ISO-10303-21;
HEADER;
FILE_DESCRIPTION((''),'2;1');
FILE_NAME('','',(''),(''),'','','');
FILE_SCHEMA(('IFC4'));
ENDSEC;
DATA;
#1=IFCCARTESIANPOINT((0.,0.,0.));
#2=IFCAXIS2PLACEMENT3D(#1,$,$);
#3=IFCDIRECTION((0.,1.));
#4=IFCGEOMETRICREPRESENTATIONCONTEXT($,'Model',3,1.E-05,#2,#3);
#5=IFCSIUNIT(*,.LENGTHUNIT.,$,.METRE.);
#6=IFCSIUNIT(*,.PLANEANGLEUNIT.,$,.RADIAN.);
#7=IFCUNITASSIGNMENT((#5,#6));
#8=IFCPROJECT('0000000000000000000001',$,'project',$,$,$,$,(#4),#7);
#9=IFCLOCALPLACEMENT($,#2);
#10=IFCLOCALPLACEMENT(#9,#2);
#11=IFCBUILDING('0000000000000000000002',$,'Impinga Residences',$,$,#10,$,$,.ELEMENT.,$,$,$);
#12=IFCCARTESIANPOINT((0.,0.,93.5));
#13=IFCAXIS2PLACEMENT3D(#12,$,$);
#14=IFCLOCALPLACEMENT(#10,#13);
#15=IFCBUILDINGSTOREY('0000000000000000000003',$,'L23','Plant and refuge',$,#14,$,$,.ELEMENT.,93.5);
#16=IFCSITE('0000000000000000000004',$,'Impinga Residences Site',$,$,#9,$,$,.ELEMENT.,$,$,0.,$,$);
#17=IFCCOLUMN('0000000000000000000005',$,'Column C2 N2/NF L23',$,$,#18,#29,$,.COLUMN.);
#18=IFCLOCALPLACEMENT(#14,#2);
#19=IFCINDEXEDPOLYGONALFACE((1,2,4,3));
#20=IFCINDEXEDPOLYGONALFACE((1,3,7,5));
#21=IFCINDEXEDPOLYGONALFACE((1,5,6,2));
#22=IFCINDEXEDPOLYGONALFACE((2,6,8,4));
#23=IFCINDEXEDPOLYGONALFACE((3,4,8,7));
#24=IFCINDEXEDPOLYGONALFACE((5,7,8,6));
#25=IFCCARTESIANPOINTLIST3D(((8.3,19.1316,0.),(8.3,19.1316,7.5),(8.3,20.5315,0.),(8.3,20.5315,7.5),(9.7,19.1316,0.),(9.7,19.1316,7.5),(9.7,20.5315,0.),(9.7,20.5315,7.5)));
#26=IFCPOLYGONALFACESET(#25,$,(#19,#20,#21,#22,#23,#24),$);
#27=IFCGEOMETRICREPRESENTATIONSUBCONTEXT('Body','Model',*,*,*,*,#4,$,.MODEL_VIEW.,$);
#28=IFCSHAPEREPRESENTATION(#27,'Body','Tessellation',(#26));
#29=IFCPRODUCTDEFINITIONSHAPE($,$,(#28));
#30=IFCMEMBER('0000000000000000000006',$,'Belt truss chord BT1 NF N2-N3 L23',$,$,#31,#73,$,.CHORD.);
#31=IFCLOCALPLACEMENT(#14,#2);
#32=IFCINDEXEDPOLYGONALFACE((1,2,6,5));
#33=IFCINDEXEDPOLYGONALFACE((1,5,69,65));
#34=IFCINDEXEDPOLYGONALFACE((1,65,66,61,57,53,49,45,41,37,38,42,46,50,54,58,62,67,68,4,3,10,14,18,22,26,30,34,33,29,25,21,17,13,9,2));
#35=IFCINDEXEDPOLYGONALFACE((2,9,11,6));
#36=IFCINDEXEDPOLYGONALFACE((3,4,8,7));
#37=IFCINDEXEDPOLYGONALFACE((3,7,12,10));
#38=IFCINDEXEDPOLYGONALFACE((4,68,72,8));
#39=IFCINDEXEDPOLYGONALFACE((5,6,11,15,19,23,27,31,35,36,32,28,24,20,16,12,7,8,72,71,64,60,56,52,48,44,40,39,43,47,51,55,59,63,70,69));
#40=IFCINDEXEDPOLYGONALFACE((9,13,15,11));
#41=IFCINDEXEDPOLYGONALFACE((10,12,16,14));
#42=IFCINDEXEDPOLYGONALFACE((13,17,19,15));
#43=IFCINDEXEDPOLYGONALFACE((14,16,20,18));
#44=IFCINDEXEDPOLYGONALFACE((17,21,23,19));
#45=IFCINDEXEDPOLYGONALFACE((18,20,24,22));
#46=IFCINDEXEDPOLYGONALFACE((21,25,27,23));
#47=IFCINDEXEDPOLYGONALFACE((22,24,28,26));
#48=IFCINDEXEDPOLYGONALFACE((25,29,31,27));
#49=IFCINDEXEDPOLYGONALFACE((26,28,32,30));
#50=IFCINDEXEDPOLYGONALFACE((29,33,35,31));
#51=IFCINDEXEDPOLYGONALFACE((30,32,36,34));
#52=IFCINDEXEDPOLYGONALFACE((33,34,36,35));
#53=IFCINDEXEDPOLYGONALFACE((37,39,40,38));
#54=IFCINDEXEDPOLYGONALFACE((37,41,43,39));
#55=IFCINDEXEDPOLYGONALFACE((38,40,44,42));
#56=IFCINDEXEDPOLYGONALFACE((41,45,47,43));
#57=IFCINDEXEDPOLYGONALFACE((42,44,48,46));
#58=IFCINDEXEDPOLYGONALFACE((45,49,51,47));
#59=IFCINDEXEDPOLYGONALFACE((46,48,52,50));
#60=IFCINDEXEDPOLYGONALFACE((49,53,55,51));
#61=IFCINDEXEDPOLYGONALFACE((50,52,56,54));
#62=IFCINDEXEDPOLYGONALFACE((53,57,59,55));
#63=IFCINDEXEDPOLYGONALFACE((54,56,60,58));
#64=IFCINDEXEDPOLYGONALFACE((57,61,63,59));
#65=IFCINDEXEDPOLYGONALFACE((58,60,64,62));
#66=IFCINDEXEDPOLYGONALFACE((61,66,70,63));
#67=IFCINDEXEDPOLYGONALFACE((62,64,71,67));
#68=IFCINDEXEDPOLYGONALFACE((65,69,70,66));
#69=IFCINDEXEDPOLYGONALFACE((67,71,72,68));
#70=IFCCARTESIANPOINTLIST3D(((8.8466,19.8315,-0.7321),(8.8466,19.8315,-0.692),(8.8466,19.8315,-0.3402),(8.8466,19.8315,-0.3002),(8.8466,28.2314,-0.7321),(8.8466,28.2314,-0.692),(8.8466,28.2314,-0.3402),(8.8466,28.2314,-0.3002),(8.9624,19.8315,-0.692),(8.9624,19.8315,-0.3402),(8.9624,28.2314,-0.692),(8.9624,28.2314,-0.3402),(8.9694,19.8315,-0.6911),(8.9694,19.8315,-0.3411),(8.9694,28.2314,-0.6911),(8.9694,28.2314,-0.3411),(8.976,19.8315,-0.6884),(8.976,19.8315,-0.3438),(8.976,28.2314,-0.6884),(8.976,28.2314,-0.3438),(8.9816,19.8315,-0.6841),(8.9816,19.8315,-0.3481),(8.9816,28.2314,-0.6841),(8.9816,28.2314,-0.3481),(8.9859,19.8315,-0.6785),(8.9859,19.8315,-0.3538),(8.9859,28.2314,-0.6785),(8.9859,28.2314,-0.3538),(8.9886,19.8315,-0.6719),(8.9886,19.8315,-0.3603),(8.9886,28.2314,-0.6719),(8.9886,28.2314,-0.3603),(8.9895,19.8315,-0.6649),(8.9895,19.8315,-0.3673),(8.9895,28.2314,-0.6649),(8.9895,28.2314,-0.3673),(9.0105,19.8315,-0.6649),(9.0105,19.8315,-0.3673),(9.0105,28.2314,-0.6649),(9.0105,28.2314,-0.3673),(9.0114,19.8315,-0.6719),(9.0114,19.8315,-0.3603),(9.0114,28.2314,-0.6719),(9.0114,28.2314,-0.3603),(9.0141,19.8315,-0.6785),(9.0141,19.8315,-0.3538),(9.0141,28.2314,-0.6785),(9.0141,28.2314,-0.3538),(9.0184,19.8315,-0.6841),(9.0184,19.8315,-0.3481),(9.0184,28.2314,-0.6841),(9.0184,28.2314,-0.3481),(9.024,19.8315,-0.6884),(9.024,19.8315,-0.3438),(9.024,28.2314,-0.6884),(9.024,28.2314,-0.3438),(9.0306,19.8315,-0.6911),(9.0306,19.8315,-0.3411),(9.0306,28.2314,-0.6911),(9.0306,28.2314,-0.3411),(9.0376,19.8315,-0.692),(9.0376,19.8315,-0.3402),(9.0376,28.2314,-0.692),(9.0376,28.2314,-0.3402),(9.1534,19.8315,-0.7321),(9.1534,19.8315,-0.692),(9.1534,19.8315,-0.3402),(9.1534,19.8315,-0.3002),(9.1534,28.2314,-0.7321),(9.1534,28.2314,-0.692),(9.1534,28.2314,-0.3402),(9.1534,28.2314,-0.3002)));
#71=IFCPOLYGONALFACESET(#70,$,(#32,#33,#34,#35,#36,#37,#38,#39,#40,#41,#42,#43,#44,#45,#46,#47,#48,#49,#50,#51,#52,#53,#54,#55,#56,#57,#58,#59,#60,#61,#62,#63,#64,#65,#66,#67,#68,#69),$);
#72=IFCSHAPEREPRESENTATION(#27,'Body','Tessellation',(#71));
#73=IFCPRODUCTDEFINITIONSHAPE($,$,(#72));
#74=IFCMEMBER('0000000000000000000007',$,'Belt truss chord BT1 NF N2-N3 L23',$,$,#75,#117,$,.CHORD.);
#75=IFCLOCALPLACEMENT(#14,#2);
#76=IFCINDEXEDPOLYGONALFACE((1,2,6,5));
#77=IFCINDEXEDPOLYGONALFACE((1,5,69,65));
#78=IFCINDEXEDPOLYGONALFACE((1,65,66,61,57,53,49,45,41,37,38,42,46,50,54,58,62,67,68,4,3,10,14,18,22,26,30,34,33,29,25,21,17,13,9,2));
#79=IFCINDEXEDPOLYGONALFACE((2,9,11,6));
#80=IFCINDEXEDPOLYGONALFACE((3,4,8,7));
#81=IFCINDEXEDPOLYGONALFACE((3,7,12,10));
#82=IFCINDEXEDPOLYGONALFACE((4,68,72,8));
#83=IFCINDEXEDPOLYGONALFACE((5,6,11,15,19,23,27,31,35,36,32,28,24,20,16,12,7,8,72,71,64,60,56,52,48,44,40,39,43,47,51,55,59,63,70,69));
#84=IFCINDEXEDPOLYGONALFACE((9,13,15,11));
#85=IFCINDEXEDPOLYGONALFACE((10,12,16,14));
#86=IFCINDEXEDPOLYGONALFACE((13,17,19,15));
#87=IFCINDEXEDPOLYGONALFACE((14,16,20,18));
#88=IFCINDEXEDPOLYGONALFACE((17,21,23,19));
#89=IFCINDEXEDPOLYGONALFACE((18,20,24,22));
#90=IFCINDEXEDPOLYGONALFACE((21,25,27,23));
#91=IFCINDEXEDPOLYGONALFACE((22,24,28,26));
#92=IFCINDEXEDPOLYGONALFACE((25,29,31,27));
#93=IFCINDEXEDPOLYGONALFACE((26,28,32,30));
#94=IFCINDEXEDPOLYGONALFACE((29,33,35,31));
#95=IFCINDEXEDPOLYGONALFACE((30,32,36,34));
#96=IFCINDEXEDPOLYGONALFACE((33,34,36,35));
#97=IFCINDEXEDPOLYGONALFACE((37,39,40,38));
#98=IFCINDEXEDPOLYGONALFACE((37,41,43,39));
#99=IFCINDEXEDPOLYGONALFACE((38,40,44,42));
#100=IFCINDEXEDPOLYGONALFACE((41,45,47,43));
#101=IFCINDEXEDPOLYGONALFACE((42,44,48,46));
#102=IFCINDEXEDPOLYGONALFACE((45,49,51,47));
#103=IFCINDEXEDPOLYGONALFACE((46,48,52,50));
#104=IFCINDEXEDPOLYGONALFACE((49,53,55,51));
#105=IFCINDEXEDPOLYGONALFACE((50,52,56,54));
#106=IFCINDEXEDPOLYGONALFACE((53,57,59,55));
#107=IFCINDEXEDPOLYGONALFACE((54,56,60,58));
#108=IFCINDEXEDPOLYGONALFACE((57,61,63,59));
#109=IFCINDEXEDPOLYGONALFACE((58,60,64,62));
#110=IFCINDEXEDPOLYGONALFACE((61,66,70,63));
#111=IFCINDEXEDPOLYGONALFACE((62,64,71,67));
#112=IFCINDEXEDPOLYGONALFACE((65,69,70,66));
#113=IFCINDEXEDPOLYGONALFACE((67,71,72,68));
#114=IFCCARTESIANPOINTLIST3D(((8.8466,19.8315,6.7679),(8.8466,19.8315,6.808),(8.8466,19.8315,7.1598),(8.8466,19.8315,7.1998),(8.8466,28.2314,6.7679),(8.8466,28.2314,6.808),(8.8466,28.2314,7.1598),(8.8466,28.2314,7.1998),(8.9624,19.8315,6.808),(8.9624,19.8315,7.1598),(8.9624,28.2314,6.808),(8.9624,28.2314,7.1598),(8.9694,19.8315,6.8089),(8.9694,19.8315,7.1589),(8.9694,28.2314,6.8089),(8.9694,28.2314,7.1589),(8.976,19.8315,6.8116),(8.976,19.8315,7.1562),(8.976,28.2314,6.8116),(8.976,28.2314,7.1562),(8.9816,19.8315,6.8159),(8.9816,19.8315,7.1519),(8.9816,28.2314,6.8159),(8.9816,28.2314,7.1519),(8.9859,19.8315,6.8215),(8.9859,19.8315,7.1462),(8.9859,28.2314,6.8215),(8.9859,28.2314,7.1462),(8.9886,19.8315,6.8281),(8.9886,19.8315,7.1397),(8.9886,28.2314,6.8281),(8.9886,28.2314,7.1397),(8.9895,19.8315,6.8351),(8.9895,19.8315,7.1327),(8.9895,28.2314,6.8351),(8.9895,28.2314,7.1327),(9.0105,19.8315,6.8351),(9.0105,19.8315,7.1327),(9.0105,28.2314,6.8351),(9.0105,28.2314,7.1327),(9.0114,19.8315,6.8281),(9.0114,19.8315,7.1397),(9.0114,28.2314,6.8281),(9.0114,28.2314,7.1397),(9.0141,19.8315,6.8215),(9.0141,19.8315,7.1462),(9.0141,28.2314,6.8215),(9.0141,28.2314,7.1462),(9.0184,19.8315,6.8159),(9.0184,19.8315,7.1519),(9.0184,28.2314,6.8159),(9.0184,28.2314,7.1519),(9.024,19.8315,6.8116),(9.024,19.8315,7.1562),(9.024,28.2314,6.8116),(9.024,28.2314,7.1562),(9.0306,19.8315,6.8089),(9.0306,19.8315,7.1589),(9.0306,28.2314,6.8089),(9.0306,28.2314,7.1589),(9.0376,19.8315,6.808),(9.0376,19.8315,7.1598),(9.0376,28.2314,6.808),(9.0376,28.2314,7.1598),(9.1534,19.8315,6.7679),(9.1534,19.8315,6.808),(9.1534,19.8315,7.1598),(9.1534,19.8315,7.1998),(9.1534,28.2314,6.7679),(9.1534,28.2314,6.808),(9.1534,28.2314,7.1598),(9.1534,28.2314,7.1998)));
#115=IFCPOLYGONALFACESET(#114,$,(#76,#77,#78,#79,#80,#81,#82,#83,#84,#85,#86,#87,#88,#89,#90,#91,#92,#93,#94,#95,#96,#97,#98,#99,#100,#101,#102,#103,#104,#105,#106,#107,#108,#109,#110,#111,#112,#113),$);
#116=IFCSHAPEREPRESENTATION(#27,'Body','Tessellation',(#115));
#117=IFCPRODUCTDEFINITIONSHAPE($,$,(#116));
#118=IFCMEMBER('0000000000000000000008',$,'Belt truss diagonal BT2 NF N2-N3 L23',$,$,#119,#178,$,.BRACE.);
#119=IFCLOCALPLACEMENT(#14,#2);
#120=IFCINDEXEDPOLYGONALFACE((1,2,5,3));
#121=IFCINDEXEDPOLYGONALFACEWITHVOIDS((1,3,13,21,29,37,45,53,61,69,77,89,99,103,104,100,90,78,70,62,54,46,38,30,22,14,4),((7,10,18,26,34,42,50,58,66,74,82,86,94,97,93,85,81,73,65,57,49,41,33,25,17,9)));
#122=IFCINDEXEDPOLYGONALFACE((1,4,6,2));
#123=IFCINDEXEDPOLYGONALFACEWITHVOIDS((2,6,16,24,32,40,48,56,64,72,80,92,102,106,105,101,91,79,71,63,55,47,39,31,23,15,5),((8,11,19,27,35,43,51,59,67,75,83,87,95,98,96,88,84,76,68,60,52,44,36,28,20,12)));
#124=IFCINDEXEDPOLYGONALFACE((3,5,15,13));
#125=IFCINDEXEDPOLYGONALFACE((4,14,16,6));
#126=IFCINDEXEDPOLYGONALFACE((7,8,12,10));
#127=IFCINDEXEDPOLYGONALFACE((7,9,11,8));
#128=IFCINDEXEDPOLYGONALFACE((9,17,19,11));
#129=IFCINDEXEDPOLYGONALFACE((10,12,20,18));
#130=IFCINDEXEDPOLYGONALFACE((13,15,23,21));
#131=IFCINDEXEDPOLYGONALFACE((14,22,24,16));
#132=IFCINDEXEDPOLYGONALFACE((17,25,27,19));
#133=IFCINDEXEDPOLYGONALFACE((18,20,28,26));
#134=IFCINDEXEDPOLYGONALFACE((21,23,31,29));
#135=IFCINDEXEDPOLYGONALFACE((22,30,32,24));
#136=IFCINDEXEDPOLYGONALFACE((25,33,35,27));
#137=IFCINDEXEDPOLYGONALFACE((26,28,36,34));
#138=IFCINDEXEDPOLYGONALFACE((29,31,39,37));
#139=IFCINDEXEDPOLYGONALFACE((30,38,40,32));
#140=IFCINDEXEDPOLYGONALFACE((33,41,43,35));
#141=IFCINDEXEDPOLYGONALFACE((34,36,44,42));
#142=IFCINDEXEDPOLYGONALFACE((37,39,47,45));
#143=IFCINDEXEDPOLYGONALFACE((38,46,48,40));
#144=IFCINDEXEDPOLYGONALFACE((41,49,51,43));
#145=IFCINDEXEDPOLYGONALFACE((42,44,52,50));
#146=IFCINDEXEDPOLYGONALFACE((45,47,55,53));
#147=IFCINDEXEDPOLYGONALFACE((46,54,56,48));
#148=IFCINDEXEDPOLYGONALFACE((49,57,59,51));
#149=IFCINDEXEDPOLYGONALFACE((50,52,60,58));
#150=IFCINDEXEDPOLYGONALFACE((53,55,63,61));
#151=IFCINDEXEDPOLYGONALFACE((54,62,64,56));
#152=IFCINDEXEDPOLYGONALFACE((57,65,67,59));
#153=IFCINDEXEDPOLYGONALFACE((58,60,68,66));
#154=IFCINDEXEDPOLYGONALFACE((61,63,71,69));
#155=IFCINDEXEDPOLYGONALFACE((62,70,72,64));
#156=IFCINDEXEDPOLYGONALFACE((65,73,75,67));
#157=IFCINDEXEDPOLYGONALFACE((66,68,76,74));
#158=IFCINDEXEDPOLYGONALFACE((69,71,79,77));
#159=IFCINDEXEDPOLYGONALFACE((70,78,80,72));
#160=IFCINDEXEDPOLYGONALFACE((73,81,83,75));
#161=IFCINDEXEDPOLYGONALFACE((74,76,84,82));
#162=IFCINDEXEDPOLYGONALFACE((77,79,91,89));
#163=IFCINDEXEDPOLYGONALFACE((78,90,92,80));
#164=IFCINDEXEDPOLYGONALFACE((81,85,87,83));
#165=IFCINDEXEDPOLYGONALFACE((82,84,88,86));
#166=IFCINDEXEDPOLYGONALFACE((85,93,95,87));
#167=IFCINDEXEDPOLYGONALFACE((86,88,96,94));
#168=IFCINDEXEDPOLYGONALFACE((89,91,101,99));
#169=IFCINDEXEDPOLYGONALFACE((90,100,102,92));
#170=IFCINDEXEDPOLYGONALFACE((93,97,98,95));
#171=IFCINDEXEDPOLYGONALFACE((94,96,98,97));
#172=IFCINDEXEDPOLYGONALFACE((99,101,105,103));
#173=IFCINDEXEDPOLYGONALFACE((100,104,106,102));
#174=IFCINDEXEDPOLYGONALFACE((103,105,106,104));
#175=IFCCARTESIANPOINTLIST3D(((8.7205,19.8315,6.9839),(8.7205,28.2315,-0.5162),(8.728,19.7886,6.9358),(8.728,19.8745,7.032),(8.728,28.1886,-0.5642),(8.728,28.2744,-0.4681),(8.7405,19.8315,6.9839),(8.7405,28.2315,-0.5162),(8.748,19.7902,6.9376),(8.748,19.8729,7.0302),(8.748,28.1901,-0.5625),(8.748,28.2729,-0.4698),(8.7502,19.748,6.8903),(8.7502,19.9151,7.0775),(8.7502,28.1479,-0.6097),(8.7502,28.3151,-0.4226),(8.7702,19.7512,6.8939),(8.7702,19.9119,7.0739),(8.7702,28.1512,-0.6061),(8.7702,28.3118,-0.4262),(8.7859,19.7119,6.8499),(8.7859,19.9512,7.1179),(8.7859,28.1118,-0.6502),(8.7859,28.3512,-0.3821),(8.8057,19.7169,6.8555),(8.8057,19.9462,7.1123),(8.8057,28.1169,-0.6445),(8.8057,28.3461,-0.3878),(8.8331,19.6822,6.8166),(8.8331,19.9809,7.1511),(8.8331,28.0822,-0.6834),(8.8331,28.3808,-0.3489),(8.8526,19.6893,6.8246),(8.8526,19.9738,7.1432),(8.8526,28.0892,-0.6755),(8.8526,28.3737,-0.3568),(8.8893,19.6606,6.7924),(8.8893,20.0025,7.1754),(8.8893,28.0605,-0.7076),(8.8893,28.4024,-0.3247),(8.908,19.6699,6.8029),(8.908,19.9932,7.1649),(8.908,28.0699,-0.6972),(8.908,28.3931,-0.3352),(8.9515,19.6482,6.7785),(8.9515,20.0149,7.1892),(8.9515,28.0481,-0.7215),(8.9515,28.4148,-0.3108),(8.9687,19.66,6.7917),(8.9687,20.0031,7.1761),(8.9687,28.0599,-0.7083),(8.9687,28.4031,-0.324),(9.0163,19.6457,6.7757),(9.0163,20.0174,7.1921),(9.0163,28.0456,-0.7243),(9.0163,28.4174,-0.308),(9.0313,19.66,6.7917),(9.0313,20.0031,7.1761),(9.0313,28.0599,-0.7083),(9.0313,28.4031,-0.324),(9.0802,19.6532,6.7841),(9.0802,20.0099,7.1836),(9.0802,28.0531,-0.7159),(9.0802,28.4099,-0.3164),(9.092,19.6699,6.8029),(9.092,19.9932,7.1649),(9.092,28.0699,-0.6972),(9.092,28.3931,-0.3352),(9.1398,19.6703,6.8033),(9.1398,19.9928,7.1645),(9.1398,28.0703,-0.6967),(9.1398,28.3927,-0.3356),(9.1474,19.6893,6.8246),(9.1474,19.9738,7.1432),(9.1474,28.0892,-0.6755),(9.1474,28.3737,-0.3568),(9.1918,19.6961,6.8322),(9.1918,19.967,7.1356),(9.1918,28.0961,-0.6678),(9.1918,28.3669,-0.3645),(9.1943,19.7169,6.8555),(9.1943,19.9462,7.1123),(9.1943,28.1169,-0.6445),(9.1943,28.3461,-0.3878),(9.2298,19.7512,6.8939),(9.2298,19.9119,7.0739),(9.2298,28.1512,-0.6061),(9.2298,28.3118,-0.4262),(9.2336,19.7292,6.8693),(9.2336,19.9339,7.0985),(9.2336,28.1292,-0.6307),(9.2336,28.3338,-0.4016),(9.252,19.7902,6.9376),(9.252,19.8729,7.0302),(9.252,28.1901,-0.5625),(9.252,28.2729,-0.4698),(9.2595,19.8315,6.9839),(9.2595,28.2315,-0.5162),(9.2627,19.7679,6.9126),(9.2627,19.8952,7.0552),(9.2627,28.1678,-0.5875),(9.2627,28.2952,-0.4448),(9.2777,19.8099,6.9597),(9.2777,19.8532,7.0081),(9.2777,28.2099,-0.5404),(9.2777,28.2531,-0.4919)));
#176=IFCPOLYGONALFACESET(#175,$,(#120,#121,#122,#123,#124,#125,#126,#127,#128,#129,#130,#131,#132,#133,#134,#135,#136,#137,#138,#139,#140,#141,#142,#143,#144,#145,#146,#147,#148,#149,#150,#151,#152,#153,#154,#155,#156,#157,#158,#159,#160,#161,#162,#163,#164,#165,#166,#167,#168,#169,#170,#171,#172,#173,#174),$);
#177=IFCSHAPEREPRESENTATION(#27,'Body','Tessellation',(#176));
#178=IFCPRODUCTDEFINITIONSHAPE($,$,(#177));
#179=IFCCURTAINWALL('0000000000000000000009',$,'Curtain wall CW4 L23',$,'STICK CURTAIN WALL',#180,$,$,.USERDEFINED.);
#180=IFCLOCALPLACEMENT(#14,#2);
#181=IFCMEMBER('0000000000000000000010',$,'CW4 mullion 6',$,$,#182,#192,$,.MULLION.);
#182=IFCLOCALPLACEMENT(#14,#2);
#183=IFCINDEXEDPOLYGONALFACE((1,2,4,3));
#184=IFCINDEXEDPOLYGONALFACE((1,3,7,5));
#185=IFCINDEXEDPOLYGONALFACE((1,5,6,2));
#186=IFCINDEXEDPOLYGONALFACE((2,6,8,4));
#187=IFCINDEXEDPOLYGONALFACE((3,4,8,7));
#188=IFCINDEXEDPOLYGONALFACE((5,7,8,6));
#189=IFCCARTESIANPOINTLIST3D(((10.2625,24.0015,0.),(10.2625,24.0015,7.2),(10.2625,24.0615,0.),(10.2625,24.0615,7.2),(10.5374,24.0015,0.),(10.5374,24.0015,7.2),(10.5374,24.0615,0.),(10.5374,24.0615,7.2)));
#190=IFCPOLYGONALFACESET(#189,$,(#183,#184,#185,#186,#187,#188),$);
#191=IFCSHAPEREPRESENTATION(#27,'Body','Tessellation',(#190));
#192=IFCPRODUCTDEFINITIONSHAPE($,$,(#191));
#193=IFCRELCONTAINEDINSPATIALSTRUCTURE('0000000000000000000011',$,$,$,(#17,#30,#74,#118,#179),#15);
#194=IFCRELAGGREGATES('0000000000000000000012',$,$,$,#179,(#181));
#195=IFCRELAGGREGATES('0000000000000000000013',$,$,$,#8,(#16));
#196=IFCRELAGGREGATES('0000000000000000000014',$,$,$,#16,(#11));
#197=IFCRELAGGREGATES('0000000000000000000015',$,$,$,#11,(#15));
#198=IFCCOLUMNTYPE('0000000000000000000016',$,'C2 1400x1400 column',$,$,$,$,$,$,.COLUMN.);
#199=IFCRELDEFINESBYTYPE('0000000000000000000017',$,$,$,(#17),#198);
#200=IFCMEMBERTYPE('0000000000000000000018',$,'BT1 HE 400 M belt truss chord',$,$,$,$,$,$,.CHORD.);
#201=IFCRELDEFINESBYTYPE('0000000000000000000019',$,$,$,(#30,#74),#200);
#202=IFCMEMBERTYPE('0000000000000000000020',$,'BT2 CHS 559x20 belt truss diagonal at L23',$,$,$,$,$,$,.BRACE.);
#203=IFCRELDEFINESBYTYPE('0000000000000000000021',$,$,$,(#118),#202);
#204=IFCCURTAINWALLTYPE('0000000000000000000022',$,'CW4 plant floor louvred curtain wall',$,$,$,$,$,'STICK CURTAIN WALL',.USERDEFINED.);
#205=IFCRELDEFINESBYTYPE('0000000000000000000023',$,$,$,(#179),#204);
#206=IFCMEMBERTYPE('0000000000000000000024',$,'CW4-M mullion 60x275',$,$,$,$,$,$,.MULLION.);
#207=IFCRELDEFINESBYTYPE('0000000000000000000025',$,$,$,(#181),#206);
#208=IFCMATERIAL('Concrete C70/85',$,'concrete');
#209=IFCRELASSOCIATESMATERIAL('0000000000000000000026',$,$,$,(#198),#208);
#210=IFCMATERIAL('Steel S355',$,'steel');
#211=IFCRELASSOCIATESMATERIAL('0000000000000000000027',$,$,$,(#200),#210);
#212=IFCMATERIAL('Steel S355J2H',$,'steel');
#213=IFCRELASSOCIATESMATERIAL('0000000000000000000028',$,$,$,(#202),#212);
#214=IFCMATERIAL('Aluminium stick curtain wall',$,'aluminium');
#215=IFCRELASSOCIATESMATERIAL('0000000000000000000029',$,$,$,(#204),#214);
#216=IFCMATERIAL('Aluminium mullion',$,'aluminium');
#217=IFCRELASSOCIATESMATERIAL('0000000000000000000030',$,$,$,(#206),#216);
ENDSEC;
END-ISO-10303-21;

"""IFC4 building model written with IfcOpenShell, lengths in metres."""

from ifc_helpers import new_model, si_unit, direction, frame, origin, origin_2d, place, context, subcontext, project, spatial, rectangle, hollow_circle, i_section, extrude, material, material_profile, profile_set, type_object, element, aggregate, save


model = new_model("IFC4")

# Units and contexts
model_context = context("Model", 3, precision=1e-05, world=origin(), true_north=direction((0.0, 1.0)))
body_context = subcontext(model_context, "Body", "Model", "MODEL_VIEW")
ifc_project = project(units=[si_unit("LENGTHUNIT", "METRE"), si_unit("PLANEANGLEUNIT", "RADIAN")], contexts=[model_context])

# Site, building, storey
site_placement = place(None, origin())
site = spatial("IfcSite", under=ifc_project, at=site_placement, Name="Impinga Residences Site", CompositionType="ELEMENT", RefElevation=0.0)
building_placement = place(site_placement, origin())
building = spatial("IfcBuilding", under=site, at=building_placement, Name="Impinga Residences", CompositionType="ELEMENT")
storey_placement = place(building_placement, frame((0.0, 0.0, 93.5)))
storey = spatial("IfcBuildingStorey", under=building, at=storey_placement, Name="L23", Description="Plant and refuge", CompositionType="ELEMENT", Elevation=93.5)

# Column
ifc_material_1 = material(Name="Concrete C70/85", Category="concrete")
ifc_material_profile_1 = material_profile(ifc_material_1, rectangle(XDim=1.3999, YDim=1.3999, at=origin_2d()), Name="RC 1400x1400")
ifc_profile_set_1 = profile_set([ifc_material_profile_1], Name="Concrete C70/85")
column_type = type_object("IfcColumnType", Name="C2 1400x1400 column", PredefinedType="COLUMN", material=ifc_profile_set_1)
column_placement = place(storey_placement, frame((9.0, 19.8315, 0.0), z_axis=(0.0, 0.0, 1.0), x_axis=(1.0, 0.0, 0.0)))
element("IfcColumn", 1, at=column_placement, inside=storey, type_object=column_type, Name="Column C2 N2/NF L23", PredefinedType="COLUMN", context=body_context, shape_type="SweptSolid", body=[
    extrude(rectangle(XDim=1.3999, YDim=1.3999, at=origin_2d()), origin(), (0.0, 0.0, 1.0), 7.5),
])

# Members
ifc_material_2 = material(Name="Steel S355", Category="steel")
ifc_material_profile_2 = material_profile(ifc_material_2, i_section(OverallWidth=0.3069, OverallDepth=0.4319, WebThickness=0.021, FlangeThickness=0.04, FilletRadius=0.0271, at=origin_2d()), Name="HE 400 M")
ifc_profile_set_2 = profile_set([ifc_material_profile_2], Name="Steel S355")
member_type_1 = type_object("IfcMemberType", Name="BT1 HE 400 M belt truss chord", PredefinedType="CHORD", material=ifc_profile_set_2)
for number, where, z_axis, x_axis, name in (
    (2, (9.0, 19.8315, -0.5161), (0.0, 1.0, 0.0), (-1.0, 0.0, 0.0), "Belt truss chord BT1 NF N2-N3 L23"),
    (3, (9.0, 19.8315, 6.9839), (0.0, 1.0, 0.0), (-1.0, 0.0, 0.0), "Belt truss chord BT1 NF N2-N3 L23"),
):
    element("IfcMember", number, at=place(storey_placement, frame(where, z_axis=z_axis, x_axis=x_axis)), inside=storey, type_object=member_type_1, Name=name, PredefinedType="CHORD", context=body_context, shape_type="SweptSolid", body=[
        extrude(i_section(OverallWidth=0.3069, OverallDepth=0.4319, WebThickness=0.021, FlangeThickness=0.04, FilletRadius=0.0271, at=origin_2d()), origin(), (0.0, 0.0, 1.0), 8.3999),
    ])
ifc_material_3 = material(Name="Steel S355J2H", Category="steel")
ifc_material_profile_3 = material_profile(ifc_material_3, hollow_circle(Radius=0.2795, WallThickness=0.02, at=origin_2d()), Name="CHS 559x20")
ifc_profile_set_3 = profile_set([ifc_material_profile_3], Name="Steel S355J2H")
member_type_2 = type_object("IfcMemberType", Name="BT2 CHS 559x20 belt truss diagonal at L23", PredefinedType="BRACE", material=ifc_profile_set_3)
member_1_placement = place(storey_placement, frame((9.0, 19.8315, 6.9839), z_axis=(0.0, 0.745934, -0.66602), x_axis=(-1.0, 0.0, 0.0)))
element("IfcMember", 4, at=member_1_placement, inside=storey, type_object=member_type_2, Name="Belt truss diagonal BT2 NF N2-N3 L23", PredefinedType="BRACE", context=body_context, shape_type="SweptSolid", body=[
    extrude(hollow_circle(Radius=0.2795, WallThickness=0.02, at=origin_2d()), origin(), (0.0, 0.0, 1.0), 11.261),
])

# Curtain wall, member
ifc_material_4 = material(Name="Aluminium stick curtain wall", Category="aluminium")
curtain_wall_type = type_object("IfcCurtainWallType", Name="CW4 plant floor louvred curtain wall", ElementType="STICK CURTAIN WALL", PredefinedType="USERDEFINED", material=ifc_material_4)
curtain_wall_placement = place(storey_placement, origin())
curtain_wall = element("IfcCurtainWall", 5, at=curtain_wall_placement, inside=storey, type_object=curtain_wall_type, Name="Curtain wall CW4 L23", ObjectType="STICK CURTAIN WALL", PredefinedType="USERDEFINED")
ifc_material_5 = material(Name="Aluminium mullion", Category="aluminium")
ifc_material_profile_4 = material_profile(ifc_material_5, rectangle(XDim=0.0601, YDim=0.2749, at=origin_2d()), Name="60x275 mullion")
ifc_profile_set_4 = profile_set([ifc_material_profile_4], Name="Aluminium mullion")
member_type_3 = type_object("IfcMemberType", Name="CW4-M mullion 60x275", PredefinedType="MULLION", material=ifc_profile_set_4)
member_2_placement = place(storey_placement, frame((10.3999, 24.0315, 0.0), z_axis=(0.0, 0.0, 1.0), x_axis=(0.0, -1.0, 0.0)))
member_2 = element("IfcMember", 6, at=member_2_placement, type_object=member_type_3, Name="CW4 mullion 6", PredefinedType="MULLION", context=body_context, shape_type="SweptSolid", body=[
    extrude(rectangle(XDim=0.0601, YDim=0.2749, at=origin_2d()), origin(), (0.0, 0.0, 1.0), 7.2),
])
aggregate(curtain_wall, [member_2])

save(model, "model.ifc")
